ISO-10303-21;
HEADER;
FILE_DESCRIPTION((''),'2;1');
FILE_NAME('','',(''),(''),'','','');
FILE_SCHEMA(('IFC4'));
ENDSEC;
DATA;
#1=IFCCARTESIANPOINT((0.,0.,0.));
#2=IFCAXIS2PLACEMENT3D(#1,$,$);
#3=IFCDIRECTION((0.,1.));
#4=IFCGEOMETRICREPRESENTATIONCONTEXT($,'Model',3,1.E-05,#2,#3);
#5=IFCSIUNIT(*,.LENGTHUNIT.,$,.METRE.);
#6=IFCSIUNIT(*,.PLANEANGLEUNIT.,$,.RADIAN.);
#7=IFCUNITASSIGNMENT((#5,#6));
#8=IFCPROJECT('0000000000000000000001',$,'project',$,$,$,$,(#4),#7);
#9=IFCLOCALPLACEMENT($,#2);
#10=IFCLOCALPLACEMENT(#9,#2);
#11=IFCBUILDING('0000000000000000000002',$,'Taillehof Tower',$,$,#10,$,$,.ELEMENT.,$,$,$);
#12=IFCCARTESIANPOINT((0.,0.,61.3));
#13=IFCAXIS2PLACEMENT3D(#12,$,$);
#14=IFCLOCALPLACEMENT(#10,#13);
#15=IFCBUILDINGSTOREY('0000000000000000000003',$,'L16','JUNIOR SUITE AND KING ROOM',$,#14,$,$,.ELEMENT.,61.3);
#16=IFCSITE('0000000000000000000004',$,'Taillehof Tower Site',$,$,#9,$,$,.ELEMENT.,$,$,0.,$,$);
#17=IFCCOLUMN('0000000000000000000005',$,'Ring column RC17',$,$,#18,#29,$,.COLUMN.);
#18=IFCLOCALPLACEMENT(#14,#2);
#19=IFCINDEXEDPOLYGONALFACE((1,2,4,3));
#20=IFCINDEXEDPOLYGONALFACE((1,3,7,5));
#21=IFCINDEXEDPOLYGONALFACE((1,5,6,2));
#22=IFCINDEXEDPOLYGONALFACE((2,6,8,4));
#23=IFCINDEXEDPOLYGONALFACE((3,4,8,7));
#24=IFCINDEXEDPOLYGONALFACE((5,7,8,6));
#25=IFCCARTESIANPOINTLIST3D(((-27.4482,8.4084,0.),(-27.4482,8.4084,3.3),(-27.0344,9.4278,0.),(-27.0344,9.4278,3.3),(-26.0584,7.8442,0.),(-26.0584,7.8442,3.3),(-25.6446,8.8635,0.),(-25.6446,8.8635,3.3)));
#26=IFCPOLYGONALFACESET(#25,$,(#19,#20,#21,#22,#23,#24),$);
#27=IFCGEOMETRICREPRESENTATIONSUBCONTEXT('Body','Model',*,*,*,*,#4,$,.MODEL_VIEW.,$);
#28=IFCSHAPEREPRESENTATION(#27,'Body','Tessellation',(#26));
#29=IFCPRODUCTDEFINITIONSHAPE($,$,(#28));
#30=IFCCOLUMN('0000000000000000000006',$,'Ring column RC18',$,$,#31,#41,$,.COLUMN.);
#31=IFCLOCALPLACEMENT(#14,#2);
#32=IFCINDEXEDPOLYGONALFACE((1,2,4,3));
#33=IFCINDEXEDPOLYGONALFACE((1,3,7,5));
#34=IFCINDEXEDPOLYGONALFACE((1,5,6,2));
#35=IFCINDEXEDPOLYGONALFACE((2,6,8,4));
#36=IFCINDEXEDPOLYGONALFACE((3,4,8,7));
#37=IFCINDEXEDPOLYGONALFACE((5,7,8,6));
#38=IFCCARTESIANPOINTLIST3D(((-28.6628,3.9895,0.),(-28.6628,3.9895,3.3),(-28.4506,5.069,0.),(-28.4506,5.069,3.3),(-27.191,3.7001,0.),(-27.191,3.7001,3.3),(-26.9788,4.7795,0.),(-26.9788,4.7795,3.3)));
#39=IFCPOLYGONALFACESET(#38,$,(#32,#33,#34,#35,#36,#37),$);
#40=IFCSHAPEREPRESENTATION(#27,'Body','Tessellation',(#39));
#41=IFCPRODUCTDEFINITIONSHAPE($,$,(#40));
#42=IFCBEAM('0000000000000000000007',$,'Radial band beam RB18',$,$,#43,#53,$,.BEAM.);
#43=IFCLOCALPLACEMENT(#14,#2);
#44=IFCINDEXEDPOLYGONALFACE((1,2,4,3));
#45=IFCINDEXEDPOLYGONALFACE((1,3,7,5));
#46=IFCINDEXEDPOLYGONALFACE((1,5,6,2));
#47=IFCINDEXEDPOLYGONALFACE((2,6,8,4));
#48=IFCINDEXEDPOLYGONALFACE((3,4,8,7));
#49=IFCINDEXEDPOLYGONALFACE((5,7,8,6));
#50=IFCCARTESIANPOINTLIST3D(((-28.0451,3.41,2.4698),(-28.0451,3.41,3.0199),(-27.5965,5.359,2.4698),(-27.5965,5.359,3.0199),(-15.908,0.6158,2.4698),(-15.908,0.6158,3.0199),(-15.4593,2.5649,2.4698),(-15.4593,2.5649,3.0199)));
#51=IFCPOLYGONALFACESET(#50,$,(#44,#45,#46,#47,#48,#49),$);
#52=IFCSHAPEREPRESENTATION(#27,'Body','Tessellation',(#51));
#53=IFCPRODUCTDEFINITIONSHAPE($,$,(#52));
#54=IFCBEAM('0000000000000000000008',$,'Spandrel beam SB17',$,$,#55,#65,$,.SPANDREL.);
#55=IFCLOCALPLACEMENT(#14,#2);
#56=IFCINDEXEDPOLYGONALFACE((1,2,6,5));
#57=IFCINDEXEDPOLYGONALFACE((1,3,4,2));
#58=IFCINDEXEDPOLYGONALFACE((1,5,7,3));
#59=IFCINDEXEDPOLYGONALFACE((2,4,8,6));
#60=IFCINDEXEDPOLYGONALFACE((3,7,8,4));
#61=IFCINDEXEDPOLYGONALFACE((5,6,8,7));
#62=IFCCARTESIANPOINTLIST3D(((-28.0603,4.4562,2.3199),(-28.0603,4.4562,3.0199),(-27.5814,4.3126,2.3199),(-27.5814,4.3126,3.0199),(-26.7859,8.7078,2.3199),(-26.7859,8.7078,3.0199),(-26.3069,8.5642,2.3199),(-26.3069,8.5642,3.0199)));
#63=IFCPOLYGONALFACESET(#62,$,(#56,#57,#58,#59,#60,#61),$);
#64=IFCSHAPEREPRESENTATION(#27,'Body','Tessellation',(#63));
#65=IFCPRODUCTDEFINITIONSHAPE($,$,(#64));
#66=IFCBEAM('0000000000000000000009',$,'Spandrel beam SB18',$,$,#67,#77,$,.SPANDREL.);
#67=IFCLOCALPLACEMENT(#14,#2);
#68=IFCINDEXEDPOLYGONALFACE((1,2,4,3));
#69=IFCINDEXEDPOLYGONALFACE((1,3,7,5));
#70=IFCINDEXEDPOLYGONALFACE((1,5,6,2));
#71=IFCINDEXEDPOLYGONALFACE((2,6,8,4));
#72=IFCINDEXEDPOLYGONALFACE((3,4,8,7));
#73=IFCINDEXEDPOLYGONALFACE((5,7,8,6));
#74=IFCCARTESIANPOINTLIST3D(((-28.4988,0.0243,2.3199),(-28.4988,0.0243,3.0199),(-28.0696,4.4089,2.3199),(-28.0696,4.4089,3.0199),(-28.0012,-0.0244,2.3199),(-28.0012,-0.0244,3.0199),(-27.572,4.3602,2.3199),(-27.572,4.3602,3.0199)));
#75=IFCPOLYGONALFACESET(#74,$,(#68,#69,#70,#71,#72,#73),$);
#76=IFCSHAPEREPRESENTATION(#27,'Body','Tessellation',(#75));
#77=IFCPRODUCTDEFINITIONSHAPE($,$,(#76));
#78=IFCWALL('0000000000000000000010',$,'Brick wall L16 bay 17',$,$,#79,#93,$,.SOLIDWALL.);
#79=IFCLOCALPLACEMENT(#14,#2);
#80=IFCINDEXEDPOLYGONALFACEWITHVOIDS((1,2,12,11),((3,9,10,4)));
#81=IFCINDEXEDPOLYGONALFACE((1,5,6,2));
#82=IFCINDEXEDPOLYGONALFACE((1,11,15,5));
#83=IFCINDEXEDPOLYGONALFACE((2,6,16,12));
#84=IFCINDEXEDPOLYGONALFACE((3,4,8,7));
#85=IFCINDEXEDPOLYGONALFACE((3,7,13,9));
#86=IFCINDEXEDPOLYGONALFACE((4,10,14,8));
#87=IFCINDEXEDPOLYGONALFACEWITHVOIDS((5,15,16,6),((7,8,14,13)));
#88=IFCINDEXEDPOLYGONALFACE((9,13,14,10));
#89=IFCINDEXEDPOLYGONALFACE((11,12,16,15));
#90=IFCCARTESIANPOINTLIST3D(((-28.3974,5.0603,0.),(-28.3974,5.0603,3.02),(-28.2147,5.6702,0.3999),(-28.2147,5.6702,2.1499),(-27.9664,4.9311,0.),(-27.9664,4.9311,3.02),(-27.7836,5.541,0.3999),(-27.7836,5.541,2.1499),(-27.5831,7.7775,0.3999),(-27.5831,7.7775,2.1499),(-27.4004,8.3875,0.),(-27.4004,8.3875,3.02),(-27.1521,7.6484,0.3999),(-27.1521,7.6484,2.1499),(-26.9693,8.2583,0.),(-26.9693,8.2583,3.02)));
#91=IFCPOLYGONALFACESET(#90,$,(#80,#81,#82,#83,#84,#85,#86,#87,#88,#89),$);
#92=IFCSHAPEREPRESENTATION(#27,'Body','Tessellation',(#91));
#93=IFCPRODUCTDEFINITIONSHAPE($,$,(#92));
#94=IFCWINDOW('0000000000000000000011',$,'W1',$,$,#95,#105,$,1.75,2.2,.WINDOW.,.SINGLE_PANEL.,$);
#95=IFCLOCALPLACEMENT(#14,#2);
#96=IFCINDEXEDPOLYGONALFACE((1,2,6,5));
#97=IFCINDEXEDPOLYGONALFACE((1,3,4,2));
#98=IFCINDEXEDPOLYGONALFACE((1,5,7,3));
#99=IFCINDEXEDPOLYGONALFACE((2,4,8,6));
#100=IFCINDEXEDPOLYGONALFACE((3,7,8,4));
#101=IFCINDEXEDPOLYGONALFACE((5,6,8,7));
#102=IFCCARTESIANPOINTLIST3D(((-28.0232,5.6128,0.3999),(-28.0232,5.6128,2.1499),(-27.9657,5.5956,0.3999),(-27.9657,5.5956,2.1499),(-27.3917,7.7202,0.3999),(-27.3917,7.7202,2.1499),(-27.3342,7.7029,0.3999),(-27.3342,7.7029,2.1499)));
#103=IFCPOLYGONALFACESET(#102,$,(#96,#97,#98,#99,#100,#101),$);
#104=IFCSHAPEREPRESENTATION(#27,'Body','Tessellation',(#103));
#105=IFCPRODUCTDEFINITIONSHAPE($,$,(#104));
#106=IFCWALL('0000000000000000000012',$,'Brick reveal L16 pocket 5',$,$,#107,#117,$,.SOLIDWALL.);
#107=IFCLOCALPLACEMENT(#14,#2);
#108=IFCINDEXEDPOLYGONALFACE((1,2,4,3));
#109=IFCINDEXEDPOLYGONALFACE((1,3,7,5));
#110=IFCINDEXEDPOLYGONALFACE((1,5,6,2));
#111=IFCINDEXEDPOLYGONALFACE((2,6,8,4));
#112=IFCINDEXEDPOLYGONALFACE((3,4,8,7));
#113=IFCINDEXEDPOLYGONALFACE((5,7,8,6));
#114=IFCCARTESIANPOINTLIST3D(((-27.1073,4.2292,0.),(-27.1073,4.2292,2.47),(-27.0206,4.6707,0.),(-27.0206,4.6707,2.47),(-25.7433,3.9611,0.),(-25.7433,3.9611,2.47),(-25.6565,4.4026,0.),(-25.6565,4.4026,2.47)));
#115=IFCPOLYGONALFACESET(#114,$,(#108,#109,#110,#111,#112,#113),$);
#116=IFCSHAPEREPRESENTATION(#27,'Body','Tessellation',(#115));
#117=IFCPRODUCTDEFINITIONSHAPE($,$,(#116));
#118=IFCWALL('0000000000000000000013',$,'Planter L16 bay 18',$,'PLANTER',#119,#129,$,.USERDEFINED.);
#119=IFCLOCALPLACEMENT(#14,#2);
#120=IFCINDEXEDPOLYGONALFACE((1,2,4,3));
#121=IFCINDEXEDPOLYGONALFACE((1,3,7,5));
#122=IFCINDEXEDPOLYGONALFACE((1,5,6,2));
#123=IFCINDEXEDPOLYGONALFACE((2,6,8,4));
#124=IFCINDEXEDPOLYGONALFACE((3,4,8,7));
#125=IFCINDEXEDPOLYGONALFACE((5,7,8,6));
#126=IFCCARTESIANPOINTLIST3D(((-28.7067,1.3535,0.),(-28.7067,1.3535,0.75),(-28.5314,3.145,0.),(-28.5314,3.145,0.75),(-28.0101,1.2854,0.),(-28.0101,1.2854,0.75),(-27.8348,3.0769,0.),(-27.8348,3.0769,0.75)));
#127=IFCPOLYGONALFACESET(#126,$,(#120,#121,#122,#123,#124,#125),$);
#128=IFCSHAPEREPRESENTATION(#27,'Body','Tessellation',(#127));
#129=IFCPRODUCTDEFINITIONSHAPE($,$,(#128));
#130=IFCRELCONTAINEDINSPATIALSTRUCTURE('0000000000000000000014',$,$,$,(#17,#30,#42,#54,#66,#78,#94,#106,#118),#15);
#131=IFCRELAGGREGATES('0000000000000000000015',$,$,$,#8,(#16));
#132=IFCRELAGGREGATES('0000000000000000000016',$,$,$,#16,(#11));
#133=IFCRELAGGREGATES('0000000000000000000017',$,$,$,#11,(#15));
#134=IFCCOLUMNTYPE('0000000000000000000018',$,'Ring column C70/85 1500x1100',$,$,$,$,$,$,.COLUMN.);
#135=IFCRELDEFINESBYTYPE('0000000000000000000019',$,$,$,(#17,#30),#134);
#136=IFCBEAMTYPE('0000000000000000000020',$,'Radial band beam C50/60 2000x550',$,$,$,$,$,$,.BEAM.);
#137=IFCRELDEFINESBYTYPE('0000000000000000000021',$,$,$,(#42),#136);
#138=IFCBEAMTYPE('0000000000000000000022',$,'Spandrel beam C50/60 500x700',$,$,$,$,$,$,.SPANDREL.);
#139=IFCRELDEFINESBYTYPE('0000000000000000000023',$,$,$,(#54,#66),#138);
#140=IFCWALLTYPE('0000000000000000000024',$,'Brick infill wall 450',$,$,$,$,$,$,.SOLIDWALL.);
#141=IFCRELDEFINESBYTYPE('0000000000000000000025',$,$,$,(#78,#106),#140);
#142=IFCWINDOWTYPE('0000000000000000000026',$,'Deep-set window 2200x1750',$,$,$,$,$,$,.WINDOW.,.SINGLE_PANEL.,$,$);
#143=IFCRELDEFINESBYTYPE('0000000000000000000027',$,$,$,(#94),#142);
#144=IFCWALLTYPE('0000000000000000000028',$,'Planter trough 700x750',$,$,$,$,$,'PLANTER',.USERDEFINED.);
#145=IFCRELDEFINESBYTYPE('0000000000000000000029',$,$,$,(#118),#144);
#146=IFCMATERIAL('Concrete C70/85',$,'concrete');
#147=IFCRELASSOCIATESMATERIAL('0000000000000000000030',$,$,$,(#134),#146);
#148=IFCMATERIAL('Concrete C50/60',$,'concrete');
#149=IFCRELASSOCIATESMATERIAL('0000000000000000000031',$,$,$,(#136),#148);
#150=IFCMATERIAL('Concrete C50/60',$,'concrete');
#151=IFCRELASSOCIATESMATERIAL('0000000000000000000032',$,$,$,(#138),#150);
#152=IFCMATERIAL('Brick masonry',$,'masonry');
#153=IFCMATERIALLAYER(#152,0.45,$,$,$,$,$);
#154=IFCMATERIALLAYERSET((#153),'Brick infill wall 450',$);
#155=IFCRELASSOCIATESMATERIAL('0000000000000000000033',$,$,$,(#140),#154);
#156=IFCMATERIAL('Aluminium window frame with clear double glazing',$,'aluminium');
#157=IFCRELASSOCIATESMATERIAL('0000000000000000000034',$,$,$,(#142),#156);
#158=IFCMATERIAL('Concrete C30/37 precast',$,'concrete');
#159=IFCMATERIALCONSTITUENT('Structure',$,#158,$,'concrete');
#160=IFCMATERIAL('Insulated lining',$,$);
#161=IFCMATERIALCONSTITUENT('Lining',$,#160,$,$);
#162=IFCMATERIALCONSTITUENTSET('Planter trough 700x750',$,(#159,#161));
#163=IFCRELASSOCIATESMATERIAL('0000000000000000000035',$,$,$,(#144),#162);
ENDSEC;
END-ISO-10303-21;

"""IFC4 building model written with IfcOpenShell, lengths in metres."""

from ifc_helpers import new_model, si_unit, direction, frame, frame_2d, origin, origin_2d, place, context, subcontext, project, spatial, rectangle, extrude, material, layer, layer_set, constituent, constituent_set, material_profile, profile_set, type_object, element, fill, save


model = new_model("IFC4")

# Units and contexts
model_context = context("Model", 3, precision=1e-05, world=origin(), true_north=direction((0.0, 1.0)))
body_context = subcontext(model_context, "Body", "Model", "MODEL_VIEW")
ifc_project = project(units=[si_unit("LENGTHUNIT", "METRE"), si_unit("PLANEANGLEUNIT", "RADIAN")], contexts=[model_context])

# Site, building, storey
site_placement = place(None, origin())
site = spatial("IfcSite", under=ifc_project, at=site_placement, Name="Taillehof Tower Site", CompositionType="ELEMENT", RefElevation=0.0)
building_placement = place(site_placement, origin())
building = spatial("IfcBuilding", under=site, at=building_placement, Name="Taillehof Tower", CompositionType="ELEMENT")
storey_placement = place(building_placement, frame((0.0, 0.0, 61.3)))
storey = spatial("IfcBuildingStorey", under=building, at=storey_placement, Name="L16", Description="JUNIOR SUITE AND KING ROOM", CompositionType="ELEMENT", Elevation=61.3)

# Columns
ifc_material_1 = material(Name="Concrete C70/85", Category="concrete")
ifc_material_profile_1 = material_profile(ifc_material_1, rectangle(XDim=1.5, YDim=1.1001, at=origin_2d()), Name="RC 1500x1100")
ifc_profile_set_1 = profile_set([ifc_material_profile_1], Name="Concrete C70/85")
column_type = type_object("IfcColumnType", Name="Ring column C70/85 1500x1100", PredefinedType="COLUMN", material=ifc_profile_set_1)
for number, where, z_axis, x_axis, name in (
    (1, (-26.5464, 8.636, 0.0), (0.0, 0.0, 1.0), (-0.926558, 0.376152, 0.0), "Ring column RC17"),
    (2, (-27.8208, 4.3845, 0.0), (0.0, 0.0, 1.0), (-0.981204, 0.192976, 0.0), "Ring column RC18"),
):
    element("IfcColumn", number, at=place(storey_placement, frame(where, z_axis=z_axis, x_axis=x_axis)), inside=storey, type_object=column_type, Name=name, PredefinedType="COLUMN", context=body_context, shape_type="SweptSolid", body=[
        extrude(rectangle(XDim=1.5, YDim=1.1001, at=origin_2d()), origin(), (0.0, 0.0, 1.0), 3.3),
    ])

# Beams
ifc_material_2 = material(Name="Concrete C50/60", Category="concrete")
ifc_material_profile_2 = material_profile(ifc_material_2, rectangle(XDim=2.0, YDim=0.55, at=origin_2d()), Name="RC 2000x550")
ifc_profile_set_2 = profile_set([ifc_material_profile_2], Name="Concrete C50/60")
beam_type_1 = type_object("IfcBeamType", Name="Radial band beam C50/60 2000x550", PredefinedType="BEAM", material=ifc_profile_set_2)
beam_1_placement = place(storey_placement, frame((-27.8208, 4.3845, 2.7449), z_axis=(0.974509, -0.224348, 0.0), x_axis=(0.224348, 0.974509, 0.0)))
element("IfcBeam", 3, at=beam_1_placement, inside=storey, type_object=beam_type_1, Name="Radial band beam RB18", PredefinedType="BEAM", context=body_context, shape_type="SweptSolid", body=[
    extrude(rectangle(XDim=2.0, YDim=0.55, at=origin_2d()), origin(), (0.0, 0.0, 1.0), 12.4546),
])
ifc_material_3 = material(Name="Concrete C50/60", Category="concrete")
ifc_material_profile_3 = material_profile(ifc_material_3, rectangle(XDim=0.5, YDim=0.7, at=origin_2d()), Name="RC 500x700")
ifc_profile_set_3 = profile_set([ifc_material_profile_3], Name="Concrete C50/60")
beam_type_2 = type_object("IfcBeamType", Name="Spandrel beam C50/60 500x700", PredefinedType="SPANDREL", material=ifc_profile_set_3)
beam_2_placement = place(storey_placement, frame((-26.5464, 8.636, 2.6699), z_axis=(-0.287136, -0.95789, 0.0), x_axis=(0.95789, -0.287136, 0.0)))
element("IfcBeam", 4, at=beam_2_placement, inside=storey, type_object=beam_type_2, Name="Spandrel beam SB17", PredefinedType="SPANDREL", context=body_context, shape_type="SweptSolid", body=[
    extrude(rectangle(XDim=0.5, YDim=0.7, at=origin_2d()), origin(), (0.0, 0.0, 1.0), 4.4385),
])
beam_3_placement = place(storey_placement, frame((-27.8208, 4.3845, 2.6699), z_axis=(-0.097424, -0.995243, 0.0), x_axis=(0.995243, -0.097424, 0.0)))
element("IfcBeam", 5, at=beam_3_placement, inside=storey, type_object=beam_type_2, Name="Spandrel beam SB18", PredefinedType="SPANDREL", context=body_context, shape_type="SweptSolid", body=[
    extrude(rectangle(XDim=0.5, YDim=0.7, at=origin_2d()), origin(), (0.0, 0.0, 1.0), 4.4055),
])

# Wall, opening, window
ifc_material_4 = material(Name="Brick masonry", Category="masonry")
ifc_layer = layer(ifc_material_4, 0.45)
ifc_layer_set = layer_set([ifc_layer], Name="Brick infill wall 450")
wall_type_1 = type_object("IfcWallType", Name="Brick infill wall 450", PredefinedType="SOLIDWALL", material=ifc_layer_set)
wall_1_placement = place(storey_placement, frame((-27.1848, 8.323, 0.0), z_axis=(0.0, 0.0, 1.0), x_axis=(-0.287064, -0.957911, 0.0)))
wall_1 = element("IfcWall", 6, at=wall_1_placement, inside=storey, type_object=wall_type_1, Name="Brick wall L16 bay 17", PredefinedType="SOLIDWALL", context=body_context, shape_type="SweptSolid", body=[
    extrude(rectangle(XDim=3.4734, YDim=0.45, at=frame_2d((1.7368, 0.0))), origin(), (0.0, 0.0, 1.0), 3.02),
])
opening_1_placement = place(wall_1_placement, frame((0.6367, 0.0, 0.3999)))
opening_1 = element("IfcOpeningElement", 7, at=opening_1_placement, cuts=wall_1, PredefinedType="OPENING", context=body_context, shape_type="SweptSolid", body=[
    extrude(rectangle(XDim=2.2, YDim=1.75, at=frame_2d((1.1001, 0.875))), frame((0.0, 0.2349, 0.0), z_axis=(0.0, -1.0, 0.0), x_axis=(1.0, 0.0, 0.0)), (0.0, 0.0, 1.0), 0.47),
])
ifc_material_5 = material(Name="Aluminium window frame with clear double glazing", Category="aluminium")
window_type_1 = type_object("IfcWindowType", Name="Deep-set window 2200x1750", PartitioningType="SINGLE_PANEL", PredefinedType="WINDOW", material=ifc_material_5)
window_1_placement = place(opening_1_placement, origin())
window_1 = element("IfcWindow", 8, at=window_1_placement, inside=storey, type_object=window_type_1, Name="W1", OverallHeight=1.75, OverallWidth=2.2, PartitioningType="SINGLE_PANEL", PredefinedType="WINDOW", context=body_context, shape_type="SweptSolid", body=[
    extrude(rectangle(XDim=2.2, YDim=1.75, at=frame_2d((1.1001, 0.875))), frame((0.0, 0.0349, 0.0), z_axis=(0.0, -1.0, 0.0), x_axis=(1.0, 0.0, 0.0)), (0.0, 0.0, 1.0), 0.0601),
])
fill(opening_1, window_1)

# Wall
wall_2_placement = place(storey_placement, frame((-27.064, 4.45, 0.0), z_axis=(0.0, 0.0, 1.0), x_axis=(0.98123, -0.192839, 0.0)))
element("IfcWall", 9, at=wall_2_placement, inside=storey, type_object=wall_type_1, Name="Brick reveal L16 pocket 5", PredefinedType="SOLIDWALL", context=body_context, shape_type="SweptSolid", body=[
    extrude(rectangle(XDim=1.3901, YDim=0.45, at=frame_2d((0.6951, 0.0))), origin(), (0.0, 0.0, 1.0), 2.47),
])

# Wall
ifc_material_6 = material(Name="Concrete C30/37 precast", Category="concrete")
ifc_constituent_1 = constituent(ifc_material_6, Name="Structure", Category="concrete")
ifc_material_7 = material(Name="Insulated lining")
ifc_constituent_2 = constituent(ifc_material_7, Name="Lining")
ifc_constituent_set = constituent_set(constituents=[ifc_constituent_1, ifc_constituent_2], Name="Planter trough 700x750")
wall_type_2 = type_object("IfcWallType", Name="Planter trough 700x750", ElementType="PLANTER", PredefinedType="USERDEFINED", material=ifc_constituent_set)
wall_3_placement = place(storey_placement, frame((-28.1831, 3.1108, 0.0), z_axis=(0.0, 0.0, 1.0), x_axis=(-0.097382, -0.995247, 0.0)))
element("IfcWall", 10, at=wall_3_placement, inside=storey, type_object=wall_type_2, Name="Planter L16 bay 18", ObjectType="PLANTER", PredefinedType="USERDEFINED", context=body_context, shape_type="SweptSolid", body=[
    extrude(rectangle(XDim=1.8, YDim=0.7, at=frame_2d((0.8999, 0.0))), origin(), (0.0, 0.0, 1.0), 0.75),
])

save(model, "model.ifc")
